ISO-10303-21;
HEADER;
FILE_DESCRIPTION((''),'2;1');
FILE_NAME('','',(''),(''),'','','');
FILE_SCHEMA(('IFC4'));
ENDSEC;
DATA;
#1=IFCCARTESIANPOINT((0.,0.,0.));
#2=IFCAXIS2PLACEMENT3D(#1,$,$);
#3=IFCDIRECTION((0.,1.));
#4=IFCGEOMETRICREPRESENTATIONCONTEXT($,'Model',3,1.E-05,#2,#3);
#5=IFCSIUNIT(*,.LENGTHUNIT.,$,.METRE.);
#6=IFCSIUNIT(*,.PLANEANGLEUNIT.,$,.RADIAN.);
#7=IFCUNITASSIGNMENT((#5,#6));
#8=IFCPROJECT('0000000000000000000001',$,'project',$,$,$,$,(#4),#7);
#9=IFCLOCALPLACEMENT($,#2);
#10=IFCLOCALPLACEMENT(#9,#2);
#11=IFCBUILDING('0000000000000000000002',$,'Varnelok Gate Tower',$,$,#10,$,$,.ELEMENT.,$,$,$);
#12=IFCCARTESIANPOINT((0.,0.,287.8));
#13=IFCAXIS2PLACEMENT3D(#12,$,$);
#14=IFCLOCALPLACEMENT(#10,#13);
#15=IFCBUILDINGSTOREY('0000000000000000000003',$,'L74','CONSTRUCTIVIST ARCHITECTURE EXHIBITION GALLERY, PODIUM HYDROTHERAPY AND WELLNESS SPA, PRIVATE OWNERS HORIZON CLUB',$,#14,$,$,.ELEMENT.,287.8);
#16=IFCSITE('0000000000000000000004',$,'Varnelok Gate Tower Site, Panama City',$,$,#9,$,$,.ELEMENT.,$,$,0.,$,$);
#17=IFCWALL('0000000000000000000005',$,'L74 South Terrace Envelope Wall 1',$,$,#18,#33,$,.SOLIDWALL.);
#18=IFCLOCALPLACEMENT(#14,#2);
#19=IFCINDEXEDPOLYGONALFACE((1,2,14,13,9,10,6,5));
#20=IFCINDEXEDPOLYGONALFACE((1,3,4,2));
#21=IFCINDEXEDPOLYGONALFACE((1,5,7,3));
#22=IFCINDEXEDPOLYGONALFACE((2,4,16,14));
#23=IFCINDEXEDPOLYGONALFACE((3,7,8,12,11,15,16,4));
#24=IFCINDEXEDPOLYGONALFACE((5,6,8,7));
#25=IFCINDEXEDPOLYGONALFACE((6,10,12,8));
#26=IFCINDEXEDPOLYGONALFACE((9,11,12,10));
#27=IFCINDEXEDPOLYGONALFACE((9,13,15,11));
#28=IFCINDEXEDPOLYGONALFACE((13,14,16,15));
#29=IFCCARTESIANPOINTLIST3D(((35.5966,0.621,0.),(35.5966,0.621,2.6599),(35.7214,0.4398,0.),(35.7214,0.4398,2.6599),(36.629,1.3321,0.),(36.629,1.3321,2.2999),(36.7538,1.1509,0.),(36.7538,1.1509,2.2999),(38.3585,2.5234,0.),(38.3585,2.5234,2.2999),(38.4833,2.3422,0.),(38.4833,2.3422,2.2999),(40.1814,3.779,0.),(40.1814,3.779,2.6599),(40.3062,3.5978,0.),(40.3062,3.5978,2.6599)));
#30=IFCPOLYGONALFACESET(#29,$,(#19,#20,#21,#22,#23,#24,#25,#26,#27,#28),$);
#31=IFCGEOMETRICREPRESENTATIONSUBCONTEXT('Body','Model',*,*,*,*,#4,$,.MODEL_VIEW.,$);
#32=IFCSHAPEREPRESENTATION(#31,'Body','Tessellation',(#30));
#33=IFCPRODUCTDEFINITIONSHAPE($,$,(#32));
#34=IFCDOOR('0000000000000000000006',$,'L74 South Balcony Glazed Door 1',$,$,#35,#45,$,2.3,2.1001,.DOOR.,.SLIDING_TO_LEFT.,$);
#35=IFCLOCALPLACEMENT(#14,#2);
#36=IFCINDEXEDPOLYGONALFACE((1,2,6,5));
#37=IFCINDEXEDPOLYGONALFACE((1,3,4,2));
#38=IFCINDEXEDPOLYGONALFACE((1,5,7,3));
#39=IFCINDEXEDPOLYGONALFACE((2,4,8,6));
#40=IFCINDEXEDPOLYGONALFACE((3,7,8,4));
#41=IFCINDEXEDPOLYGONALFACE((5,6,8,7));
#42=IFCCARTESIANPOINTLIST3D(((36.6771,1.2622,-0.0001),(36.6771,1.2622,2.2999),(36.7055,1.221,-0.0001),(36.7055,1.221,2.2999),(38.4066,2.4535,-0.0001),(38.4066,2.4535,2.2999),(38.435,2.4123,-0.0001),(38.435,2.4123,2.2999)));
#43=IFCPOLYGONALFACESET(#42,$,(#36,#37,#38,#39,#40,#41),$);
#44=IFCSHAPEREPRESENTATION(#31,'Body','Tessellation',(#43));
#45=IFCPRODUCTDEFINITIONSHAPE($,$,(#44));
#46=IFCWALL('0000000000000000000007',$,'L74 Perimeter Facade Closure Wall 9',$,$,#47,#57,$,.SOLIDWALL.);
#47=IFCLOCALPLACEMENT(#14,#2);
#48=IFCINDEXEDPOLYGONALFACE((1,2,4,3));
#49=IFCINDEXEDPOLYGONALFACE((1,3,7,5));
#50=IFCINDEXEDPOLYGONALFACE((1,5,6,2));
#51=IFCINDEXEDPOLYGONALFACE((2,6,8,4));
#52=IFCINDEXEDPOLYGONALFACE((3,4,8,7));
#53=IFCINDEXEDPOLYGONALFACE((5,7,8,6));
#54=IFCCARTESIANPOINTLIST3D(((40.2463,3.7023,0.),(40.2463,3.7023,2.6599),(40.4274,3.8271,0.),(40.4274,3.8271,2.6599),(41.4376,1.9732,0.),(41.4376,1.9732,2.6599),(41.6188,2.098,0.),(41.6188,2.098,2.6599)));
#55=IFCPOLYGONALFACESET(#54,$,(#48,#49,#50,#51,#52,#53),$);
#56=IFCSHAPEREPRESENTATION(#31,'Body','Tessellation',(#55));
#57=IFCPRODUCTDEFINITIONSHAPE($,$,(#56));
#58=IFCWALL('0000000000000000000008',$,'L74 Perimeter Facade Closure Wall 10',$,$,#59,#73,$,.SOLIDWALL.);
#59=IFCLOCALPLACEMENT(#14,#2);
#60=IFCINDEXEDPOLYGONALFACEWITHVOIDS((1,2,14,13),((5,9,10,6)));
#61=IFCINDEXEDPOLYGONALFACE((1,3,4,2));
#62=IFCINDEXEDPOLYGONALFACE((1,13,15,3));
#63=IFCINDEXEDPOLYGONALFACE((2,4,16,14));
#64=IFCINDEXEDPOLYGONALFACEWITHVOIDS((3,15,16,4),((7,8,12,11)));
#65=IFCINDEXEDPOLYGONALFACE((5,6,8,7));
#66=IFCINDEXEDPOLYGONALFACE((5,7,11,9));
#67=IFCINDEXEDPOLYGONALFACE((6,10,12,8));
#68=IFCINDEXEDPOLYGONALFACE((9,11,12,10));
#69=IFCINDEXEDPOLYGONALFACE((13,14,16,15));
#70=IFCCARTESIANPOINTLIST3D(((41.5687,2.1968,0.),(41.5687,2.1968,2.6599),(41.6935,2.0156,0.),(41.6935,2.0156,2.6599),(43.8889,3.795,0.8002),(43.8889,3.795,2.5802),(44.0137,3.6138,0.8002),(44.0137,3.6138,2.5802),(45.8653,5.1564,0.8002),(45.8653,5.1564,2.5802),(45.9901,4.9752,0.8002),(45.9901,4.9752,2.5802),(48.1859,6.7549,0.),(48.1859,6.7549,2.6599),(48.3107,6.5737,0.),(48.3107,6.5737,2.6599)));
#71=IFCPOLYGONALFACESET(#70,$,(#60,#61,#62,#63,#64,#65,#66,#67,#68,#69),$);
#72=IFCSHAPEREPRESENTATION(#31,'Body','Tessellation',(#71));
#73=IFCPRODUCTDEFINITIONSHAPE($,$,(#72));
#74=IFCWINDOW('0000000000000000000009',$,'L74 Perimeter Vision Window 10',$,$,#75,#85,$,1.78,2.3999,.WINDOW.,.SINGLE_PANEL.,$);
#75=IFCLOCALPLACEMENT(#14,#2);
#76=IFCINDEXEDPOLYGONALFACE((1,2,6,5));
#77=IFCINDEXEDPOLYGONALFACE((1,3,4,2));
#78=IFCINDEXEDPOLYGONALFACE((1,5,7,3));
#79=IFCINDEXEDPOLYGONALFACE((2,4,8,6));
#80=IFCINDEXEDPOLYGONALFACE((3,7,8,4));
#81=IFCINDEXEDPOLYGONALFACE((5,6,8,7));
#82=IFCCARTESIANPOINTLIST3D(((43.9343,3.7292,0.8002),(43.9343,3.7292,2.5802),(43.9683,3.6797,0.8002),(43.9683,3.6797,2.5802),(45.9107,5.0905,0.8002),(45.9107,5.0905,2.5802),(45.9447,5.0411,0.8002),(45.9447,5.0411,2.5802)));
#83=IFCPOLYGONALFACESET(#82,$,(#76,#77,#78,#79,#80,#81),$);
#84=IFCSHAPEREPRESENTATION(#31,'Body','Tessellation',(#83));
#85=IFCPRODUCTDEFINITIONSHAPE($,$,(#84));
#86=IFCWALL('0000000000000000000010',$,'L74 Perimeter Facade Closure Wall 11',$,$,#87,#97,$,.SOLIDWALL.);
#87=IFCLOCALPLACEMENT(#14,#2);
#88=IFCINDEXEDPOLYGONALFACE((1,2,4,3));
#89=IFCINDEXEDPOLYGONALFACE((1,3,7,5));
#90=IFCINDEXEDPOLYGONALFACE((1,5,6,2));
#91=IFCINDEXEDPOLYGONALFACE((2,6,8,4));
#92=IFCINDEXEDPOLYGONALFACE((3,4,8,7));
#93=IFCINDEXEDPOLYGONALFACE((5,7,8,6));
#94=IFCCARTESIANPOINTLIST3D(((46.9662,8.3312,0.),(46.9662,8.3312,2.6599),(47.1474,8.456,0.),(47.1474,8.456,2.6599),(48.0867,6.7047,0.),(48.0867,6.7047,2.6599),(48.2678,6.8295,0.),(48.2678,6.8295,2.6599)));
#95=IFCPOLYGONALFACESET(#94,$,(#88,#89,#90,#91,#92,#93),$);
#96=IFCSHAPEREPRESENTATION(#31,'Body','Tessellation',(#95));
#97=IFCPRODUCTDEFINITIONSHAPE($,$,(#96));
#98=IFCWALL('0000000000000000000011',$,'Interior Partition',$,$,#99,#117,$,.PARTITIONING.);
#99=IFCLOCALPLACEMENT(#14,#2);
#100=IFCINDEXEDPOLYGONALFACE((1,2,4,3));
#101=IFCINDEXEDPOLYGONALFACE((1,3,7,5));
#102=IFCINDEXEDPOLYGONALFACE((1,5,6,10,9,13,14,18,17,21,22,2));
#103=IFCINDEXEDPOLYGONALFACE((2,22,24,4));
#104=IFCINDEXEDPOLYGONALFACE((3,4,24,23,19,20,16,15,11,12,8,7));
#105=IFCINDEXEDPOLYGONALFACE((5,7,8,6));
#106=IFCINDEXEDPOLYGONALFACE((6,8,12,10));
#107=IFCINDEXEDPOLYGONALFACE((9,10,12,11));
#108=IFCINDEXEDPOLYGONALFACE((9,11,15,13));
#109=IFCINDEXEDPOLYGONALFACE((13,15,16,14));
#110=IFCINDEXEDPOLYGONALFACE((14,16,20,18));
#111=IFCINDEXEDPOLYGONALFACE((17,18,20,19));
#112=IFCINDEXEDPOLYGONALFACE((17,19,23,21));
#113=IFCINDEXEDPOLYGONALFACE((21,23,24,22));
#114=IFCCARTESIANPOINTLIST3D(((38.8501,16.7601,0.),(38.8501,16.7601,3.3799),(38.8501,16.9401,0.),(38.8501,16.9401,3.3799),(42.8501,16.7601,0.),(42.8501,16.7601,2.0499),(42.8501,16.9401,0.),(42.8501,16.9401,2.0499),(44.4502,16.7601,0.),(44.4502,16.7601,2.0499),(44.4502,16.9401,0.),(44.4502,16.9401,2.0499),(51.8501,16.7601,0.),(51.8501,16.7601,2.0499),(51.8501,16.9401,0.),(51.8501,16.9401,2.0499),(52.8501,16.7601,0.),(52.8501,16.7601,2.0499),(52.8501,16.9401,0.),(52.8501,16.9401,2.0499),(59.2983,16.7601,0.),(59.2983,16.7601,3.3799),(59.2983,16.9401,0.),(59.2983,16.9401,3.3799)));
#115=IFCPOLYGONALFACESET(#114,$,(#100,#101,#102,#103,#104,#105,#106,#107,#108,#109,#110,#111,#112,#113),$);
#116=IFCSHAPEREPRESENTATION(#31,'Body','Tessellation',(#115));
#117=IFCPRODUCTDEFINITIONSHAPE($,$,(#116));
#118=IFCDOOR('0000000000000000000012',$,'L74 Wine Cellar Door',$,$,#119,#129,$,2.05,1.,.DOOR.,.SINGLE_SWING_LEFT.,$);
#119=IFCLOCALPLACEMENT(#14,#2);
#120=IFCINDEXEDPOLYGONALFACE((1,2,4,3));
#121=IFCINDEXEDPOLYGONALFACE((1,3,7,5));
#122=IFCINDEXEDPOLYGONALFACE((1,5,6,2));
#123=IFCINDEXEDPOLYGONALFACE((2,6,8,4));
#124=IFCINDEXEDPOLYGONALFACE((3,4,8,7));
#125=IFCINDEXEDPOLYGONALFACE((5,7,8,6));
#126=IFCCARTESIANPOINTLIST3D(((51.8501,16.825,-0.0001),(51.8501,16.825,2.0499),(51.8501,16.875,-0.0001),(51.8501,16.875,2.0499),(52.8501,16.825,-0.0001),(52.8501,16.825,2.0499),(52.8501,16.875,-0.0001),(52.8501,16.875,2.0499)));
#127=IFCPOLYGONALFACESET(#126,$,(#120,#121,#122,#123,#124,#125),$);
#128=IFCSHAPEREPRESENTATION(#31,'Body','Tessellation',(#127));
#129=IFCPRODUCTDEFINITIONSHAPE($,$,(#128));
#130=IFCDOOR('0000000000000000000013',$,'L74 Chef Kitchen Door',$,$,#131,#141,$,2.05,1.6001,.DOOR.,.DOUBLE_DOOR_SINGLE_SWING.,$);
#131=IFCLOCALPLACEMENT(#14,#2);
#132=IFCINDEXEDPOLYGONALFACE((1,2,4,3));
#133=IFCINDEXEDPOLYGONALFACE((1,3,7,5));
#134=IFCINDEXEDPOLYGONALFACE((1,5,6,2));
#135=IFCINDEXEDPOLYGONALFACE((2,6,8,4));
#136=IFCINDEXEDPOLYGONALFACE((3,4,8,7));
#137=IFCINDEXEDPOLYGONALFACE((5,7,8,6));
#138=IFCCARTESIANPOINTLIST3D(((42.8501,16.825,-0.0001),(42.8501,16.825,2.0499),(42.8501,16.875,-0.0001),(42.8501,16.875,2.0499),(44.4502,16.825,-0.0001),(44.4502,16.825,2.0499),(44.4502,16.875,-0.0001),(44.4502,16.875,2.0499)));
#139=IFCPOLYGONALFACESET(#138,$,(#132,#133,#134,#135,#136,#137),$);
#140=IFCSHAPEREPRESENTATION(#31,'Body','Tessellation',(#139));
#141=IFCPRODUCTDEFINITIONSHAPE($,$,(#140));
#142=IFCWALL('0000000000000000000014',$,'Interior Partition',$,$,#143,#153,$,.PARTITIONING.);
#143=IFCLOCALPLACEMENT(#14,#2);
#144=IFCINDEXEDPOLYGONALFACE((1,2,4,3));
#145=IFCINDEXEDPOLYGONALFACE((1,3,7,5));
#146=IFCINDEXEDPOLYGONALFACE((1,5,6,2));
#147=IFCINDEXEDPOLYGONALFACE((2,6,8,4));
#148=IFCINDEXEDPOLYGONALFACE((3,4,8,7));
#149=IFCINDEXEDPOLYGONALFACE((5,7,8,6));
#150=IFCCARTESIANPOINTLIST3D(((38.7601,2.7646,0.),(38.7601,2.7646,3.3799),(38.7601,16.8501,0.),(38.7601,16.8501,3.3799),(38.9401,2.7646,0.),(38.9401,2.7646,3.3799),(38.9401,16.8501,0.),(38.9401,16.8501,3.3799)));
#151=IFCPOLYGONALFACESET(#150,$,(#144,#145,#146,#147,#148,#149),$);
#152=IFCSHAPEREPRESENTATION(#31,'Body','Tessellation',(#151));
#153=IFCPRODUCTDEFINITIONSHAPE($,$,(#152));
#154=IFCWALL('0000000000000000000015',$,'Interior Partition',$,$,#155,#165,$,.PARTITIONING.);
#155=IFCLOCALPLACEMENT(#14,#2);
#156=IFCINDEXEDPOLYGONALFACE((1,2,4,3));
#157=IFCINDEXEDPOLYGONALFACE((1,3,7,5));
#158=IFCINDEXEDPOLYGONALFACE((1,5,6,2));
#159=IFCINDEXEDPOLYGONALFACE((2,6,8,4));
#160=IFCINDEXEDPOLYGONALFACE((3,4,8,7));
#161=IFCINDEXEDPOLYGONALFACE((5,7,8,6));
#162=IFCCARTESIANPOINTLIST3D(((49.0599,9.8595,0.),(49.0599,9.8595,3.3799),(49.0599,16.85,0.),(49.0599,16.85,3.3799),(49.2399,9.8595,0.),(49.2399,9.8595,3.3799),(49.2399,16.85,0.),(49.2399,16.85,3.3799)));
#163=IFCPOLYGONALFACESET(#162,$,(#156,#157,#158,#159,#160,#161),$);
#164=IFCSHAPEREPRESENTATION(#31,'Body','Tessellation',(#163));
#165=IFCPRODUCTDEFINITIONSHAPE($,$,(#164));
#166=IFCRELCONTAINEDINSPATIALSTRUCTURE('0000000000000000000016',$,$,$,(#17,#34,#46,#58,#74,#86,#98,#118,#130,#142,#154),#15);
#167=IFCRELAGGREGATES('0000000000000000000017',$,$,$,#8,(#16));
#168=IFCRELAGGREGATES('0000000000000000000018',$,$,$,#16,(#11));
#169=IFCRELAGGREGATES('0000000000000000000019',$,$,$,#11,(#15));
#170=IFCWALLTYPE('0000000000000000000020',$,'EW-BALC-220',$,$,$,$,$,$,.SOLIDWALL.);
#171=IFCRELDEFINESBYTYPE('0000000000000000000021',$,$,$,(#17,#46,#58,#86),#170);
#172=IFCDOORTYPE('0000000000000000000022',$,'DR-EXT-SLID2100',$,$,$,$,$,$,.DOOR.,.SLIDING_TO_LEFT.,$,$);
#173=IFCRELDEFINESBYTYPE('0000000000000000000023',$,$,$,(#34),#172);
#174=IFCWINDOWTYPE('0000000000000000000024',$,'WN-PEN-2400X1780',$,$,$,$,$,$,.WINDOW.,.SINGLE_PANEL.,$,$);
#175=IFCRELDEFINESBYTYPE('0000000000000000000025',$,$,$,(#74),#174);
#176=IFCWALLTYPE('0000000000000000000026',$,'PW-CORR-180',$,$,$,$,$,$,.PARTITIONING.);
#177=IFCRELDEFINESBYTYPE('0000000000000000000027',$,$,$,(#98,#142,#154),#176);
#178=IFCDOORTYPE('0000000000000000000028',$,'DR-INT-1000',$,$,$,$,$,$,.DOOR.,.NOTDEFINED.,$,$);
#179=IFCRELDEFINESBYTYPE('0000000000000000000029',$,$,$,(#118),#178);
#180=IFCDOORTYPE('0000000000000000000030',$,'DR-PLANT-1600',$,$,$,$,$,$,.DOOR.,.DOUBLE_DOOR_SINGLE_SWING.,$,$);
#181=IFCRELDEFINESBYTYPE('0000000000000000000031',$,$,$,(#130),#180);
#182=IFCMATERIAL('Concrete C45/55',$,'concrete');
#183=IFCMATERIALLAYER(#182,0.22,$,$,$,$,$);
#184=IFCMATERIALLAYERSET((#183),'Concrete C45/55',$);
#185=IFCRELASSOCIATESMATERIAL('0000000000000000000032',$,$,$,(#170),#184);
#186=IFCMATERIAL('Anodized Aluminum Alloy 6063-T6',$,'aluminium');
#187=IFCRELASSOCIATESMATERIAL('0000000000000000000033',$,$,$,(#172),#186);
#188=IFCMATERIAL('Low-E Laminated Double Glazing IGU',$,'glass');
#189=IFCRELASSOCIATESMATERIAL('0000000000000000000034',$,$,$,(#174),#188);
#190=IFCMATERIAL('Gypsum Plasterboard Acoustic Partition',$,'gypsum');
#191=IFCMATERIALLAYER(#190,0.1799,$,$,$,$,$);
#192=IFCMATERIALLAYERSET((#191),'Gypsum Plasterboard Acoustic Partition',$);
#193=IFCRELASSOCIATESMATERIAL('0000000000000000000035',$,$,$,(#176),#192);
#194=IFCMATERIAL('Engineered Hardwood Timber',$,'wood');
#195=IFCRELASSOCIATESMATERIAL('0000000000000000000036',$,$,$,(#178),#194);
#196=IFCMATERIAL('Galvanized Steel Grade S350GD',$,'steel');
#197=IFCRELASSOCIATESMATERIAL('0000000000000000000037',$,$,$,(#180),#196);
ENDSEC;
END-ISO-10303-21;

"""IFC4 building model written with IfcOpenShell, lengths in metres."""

from ifc_helpers import new_model, si_unit, direction, frame, frame_2d, origin, place, context, subcontext, project, spatial, rectangle, extrude, material, layer, layer_set, type_object, element, fill, save


model = new_model("IFC4")

# Units and contexts
model_context = context("Model", 3, precision=1e-05, world=origin(), true_north=direction((0.0, 1.0)))
body_context = subcontext(model_context, "Body", "Model", "MODEL_VIEW")
ifc_project = project(units=[si_unit("LENGTHUNIT", "METRE"), si_unit("PLANEANGLEUNIT", "RADIAN")], contexts=[model_context])

# Site, building, storey
site_placement = place(None, origin())
site = spatial("IfcSite", under=ifc_project, at=site_placement, Name="Varnelok Gate Tower Site, Panama City", CompositionType="ELEMENT", RefElevation=0.0)
building_placement = place(site_placement, origin())
building = spatial("IfcBuilding", under=site, at=building_placement, Name="Varnelok Gate Tower", CompositionType="ELEMENT")
storey_placement = place(building_placement, frame((0.0, 0.0, 287.8)))
storey = spatial("IfcBuildingStorey", under=building, at=storey_placement, Name="L74", Description="CONSTRUCTIVIST ARCHITECTURE EXHIBITION GALLERY, PODIUM HYDROTHERAPY AND WELLNESS SPA, PRIVATE OWNERS HORIZON CLUB", CompositionType="ELEMENT", Elevation=287.8)

# Wall, opening, door
ifc_material_1 = material(Name="Concrete C45/55", Category="concrete")
ifc_layer_1 = layer(ifc_material_1, 0.22)
ifc_layer_set_1 = layer_set([ifc_layer_1], Name="Concrete C45/55")
wall_type_1 = type_object("IfcWallType", Name="EW-BALC-220", PredefinedType="SOLIDWALL", material=ifc_layer_set_1)
wall_1_placement = place(storey_placement, frame((40.2439, 3.6885, 0.0), z_axis=(0.0, 0.0, 1.0), x_axis=(-0.823541, -0.567256, 0.0)))
wall_1 = element("IfcWall", 1, at=wall_1_placement, inside=storey, type_object=wall_type_1, Name="L74 South Terrace Envelope Wall 1", PredefinedType="SOLIDWALL", context=body_context, shape_type="SweptSolid", body=[
    extrude(rectangle(XDim=5.5671, YDim=0.22, at=frame_2d((2.7837, 0.0))), origin(), (0.0, 0.0, 1.0), 2.6599),
])
opening_1_placement = place(wall_1_placement, frame((2.2136, 0.0, 0.0)))
opening_1 = element("IfcOpeningElement", 2, at=opening_1_placement, cuts=wall_1, PredefinedType="OPENING", context=body_context, shape_type="SweptSolid", body=[
    extrude(rectangle(XDim=2.1001, YDim=2.3, at=frame_2d((1.05, 1.1499))), frame((0.0, 0.1199, 0.0), z_axis=(0.0, -1.0, 0.0), x_axis=(1.0, 0.0, 0.0)), (0.0, 0.0, 1.0), 0.24),
])
ifc_material_2 = material(Name="Anodized Aluminum Alloy 6063-T6", Category="aluminium")
door_type_1 = type_object("IfcDoorType", Name="DR-EXT-SLID2100", OperationType="SLIDING_TO_LEFT", PredefinedType="DOOR", material=ifc_material_2)
door_1_placement = place(opening_1_placement, origin())
door_1 = element("IfcDoor", 3, at=door_1_placement, inside=storey, type_object=door_type_1, Name="L74 South Balcony Glazed Door 1", OperationType="SLIDING_TO_LEFT", OverallHeight=2.3, OverallWidth=2.1001, PredefinedType="DOOR", context=body_context, shape_type="SweptSolid", body=[
    extrude(rectangle(XDim=2.1001, YDim=2.3, at=frame_2d((1.05, 1.1499))), frame((0.0, 0.0249, 0.0), z_axis=(0.0, -1.0, 0.0), x_axis=(1.0, 0.0, 0.0)), (0.0, 0.0, 1.0), 0.05),
])
fill(opening_1, door_1)

# Wall
wall_2_placement = place(storey_placement, frame((40.3369, 3.7646, 0.0), z_axis=(0.0, 0.0, 1.0), x_axis=(0.567353, -0.823475, 0.0)))
element("IfcWall", 4, at=wall_2_placement, inside=storey, type_object=wall_type_1, Name="L74 Perimeter Facade Closure Wall 9", PredefinedType="SOLIDWALL", context=body_context, shape_type="SweptSolid", body=[
    extrude(rectangle(XDim=2.0999, YDim=0.22, at=frame_2d((1.0498, 0.0))), origin(), (0.0, 0.0, 1.0), 2.6599),
])

# Wall, opening, window
wall_3_placement = place(storey_placement, frame((41.6311, 2.1062, 0.0), z_axis=(0.0, 0.0, 1.0), x_axis=(0.823531, 0.567271, 0.0)))
wall_3 = element("IfcWall", 5, at=wall_3_placement, inside=storey, type_object=wall_type_1, Name="L74 Perimeter Facade Closure Wall 10", PredefinedType="SOLIDWALL", context=body_context, shape_type="SweptSolid", body=[
    extrude(rectangle(XDim=8.0352, YDim=0.22, at=frame_2d((4.0176, 0.0))), origin(), (0.0, 0.0, 1.0), 2.6599),
])
opening_2_placement = place(wall_3_placement, frame((2.8174, 0.0, 0.8)))
opening_2 = element("IfcOpeningElement", 6, at=opening_2_placement, cuts=wall_3, PredefinedType="OPENING", context=body_context, shape_type="SweptSolid", body=[
    extrude(rectangle(XDim=2.3999, YDim=1.78, at=frame_2d((1.2, 0.8901))), frame((0.0, 0.1199, 0.0), z_axis=(0.0, -1.0, 0.0), x_axis=(1.0, 0.0, 0.0)), (0.0, 0.0, 1.0), 0.24),
])
ifc_material_3 = material(Name="Low-E Laminated Double Glazing IGU", Category="glass")
window_type = type_object("IfcWindowType", Name="WN-PEN-2400X1780", PartitioningType="SINGLE_PANEL", PredefinedType="WINDOW", material=ifc_material_3)
window_placement = place(opening_2_placement, origin())
window = element("IfcWindow", 7, at=window_placement, inside=storey, type_object=window_type, Name="L74 Perimeter Vision Window 10", OverallHeight=1.78, OverallWidth=2.3999, PartitioningType="SINGLE_PANEL", PredefinedType="WINDOW", context=body_context, shape_type="SweptSolid", body=[
    extrude(rectangle(XDim=2.3999, YDim=1.78, at=frame_2d((1.2, 0.8901))), frame((0.0, 0.03, 0.0), z_axis=(0.0, -1.0, 0.0), x_axis=(1.0, 0.0, 0.0)), (0.0, 0.0, 1.0), 0.0601),
])
fill(opening_2, window)

# Wall
wall_4_placement = place(storey_placement, frame((48.1772, 6.7671, 0.0), z_axis=(0.0, 0.0, 1.0), x_axis=(-0.567274, 0.823529, 0.0)))
element("IfcWall", 8, at=wall_4_placement, inside=storey, type_object=wall_type_1, Name="L74 Perimeter Facade Closure Wall 11", PredefinedType="SOLIDWALL", context=body_context, shape_type="SweptSolid", body=[
    extrude(rectangle(XDim=1.9751, YDim=0.22, at=frame_2d((0.9875, 0.0))), origin(), (0.0, 0.0, 1.0), 2.6599),
])

# Wall, openings, doors
ifc_material_4 = material(Name="Gypsum Plasterboard Acoustic Partition", Category="gypsum")
ifc_layer_2 = layer(ifc_material_4, 0.1799)
ifc_layer_set_2 = layer_set([ifc_layer_2], Name="Gypsum Plasterboard Acoustic Partition")
wall_type_2 = type_object("IfcWallType", Name="PW-CORR-180", PredefinedType="PARTITIONING", material=ifc_layer_set_2)
wall_5_placement = place(storey_placement, frame((38.8501, 16.8501, 0.0), z_axis=(0.0, 0.0, 1.0), x_axis=(1.0, 0.0, 0.0)))
wall_5 = element("IfcWall", 9, at=wall_5_placement, inside=storey, type_object=wall_type_2, Name="Interior Partition", PredefinedType="PARTITIONING", context=body_context, shape_type="SweptSolid", body=[
    extrude(rectangle(XDim=20.4482, YDim=0.1799, at=frame_2d((10.2241, 0.0))), origin(), (0.0, 0.0, 1.0), 3.3799),
])
opening_3_placement = place(wall_5_placement, frame((4.0, 0.0, 0.0)))
opening_3 = element("IfcOpeningElement", 10, at=opening_3_placement, cuts=wall_5, PredefinedType="OPENING", context=body_context, shape_type="SweptSolid", body=[
    extrude(rectangle(XDim=1.6001, YDim=2.05, at=frame_2d((0.8, 1.0249))), frame((0.0, 0.0999, 0.0), z_axis=(0.0, -1.0, 0.0), x_axis=(1.0, 0.0, 0.0)), (0.0, 0.0, 1.0), 0.2),
])
opening_4_placement = place(wall_5_placement, frame((13.0, 0.0, 0.0)))
opening_4 = element("IfcOpeningElement", 11, at=opening_4_placement, cuts=wall_5, PredefinedType="OPENING", context=body_context, shape_type="SweptSolid", body=[
    extrude(rectangle(XDim=1.0, YDim=2.05, at=frame_2d((0.5, 1.0249))), frame((0.0, 0.0999, 0.0), z_axis=(0.0, -1.0, 0.0), x_axis=(1.0, 0.0, 0.0)), (0.0, 0.0, 1.0), 0.2),
])
ifc_material_5 = material(Name="Engineered Hardwood Timber", Category="wood")
door_type_2 = type_object("IfcDoorType", Name="DR-INT-1000", OperationType="NOTDEFINED", PredefinedType="DOOR", material=ifc_material_5)
door_2_placement = place(opening_4_placement, origin())
door_2 = element("IfcDoor", 12, at=door_2_placement, inside=storey, type_object=door_type_2, Name="L74 Wine Cellar Door", OperationType="SINGLE_SWING_LEFT", OverallHeight=2.05, OverallWidth=1.0, PredefinedType="DOOR", context=body_context, shape_type="SweptSolid", body=[
    extrude(rectangle(XDim=1.0, YDim=2.05, at=frame_2d((0.5, 1.0249))), frame((0.0, 0.0249, 0.0), z_axis=(0.0, -1.0, 0.0), x_axis=(1.0, 0.0, 0.0)), (0.0, 0.0, 1.0), 0.05),
])
fill(opening_4, door_2)
ifc_material_6 = material(Name="Galvanized Steel Grade S350GD", Category="steel")
door_type_3 = type_object("IfcDoorType", Name="DR-PLANT-1600", OperationType="DOUBLE_DOOR_SINGLE_SWING", PredefinedType="DOOR", material=ifc_material_6)
door_3_placement = place(opening_3_placement, origin())
door_3 = element("IfcDoor", 13, at=door_3_placement, inside=storey, type_object=door_type_3, Name="L74 Chef Kitchen Door", OperationType="DOUBLE_DOOR_SINGLE_SWING", OverallHeight=2.05, OverallWidth=1.6001, PredefinedType="DOOR", context=body_context, shape_type="SweptSolid", body=[
    extrude(rectangle(XDim=1.6001, YDim=2.05, at=frame_2d((0.8, 1.0249))), frame((0.0, 0.0249, 0.0), z_axis=(0.0, -1.0, 0.0), x_axis=(1.0, 0.0, 0.0)), (0.0, 0.0, 1.0), 0.05),
])
fill(opening_3, door_3)

# Walls
wall_6_placement = place(storey_placement, frame((38.8501, 2.7646, 0.0), z_axis=(0.0, 0.0, 1.0), x_axis=(0.0, 1.0, 0.0)))
element("IfcWall", 14, at=wall_6_placement, inside=storey, type_object=wall_type_2, Name="Interior Partition", PredefinedType="PARTITIONING", context=body_context, shape_type="SweptSolid", body=[
    extrude(rectangle(XDim=14.0854, YDim=0.1799, at=frame_2d((7.0427, 0.0))), origin(), (0.0, 0.0, 1.0), 3.3799),
])
wall_7_placement = place(storey_placement, frame((49.1499, 9.8596, 0.0), z_axis=(0.0, 0.0, 1.0), x_axis=(0.0, 1.0, 0.0)))
element("IfcWall", 15, at=wall_7_placement, inside=storey, type_object=wall_type_2, Name="Interior Partition", PredefinedType="PARTITIONING", context=body_context, shape_type="SweptSolid", body=[
    extrude(rectangle(XDim=6.9905, YDim=0.1799, at=frame_2d((3.4951, 0.0))), origin(), (0.0, 0.0, 1.0), 3.3799),
])

save(model, "model.ifc")
